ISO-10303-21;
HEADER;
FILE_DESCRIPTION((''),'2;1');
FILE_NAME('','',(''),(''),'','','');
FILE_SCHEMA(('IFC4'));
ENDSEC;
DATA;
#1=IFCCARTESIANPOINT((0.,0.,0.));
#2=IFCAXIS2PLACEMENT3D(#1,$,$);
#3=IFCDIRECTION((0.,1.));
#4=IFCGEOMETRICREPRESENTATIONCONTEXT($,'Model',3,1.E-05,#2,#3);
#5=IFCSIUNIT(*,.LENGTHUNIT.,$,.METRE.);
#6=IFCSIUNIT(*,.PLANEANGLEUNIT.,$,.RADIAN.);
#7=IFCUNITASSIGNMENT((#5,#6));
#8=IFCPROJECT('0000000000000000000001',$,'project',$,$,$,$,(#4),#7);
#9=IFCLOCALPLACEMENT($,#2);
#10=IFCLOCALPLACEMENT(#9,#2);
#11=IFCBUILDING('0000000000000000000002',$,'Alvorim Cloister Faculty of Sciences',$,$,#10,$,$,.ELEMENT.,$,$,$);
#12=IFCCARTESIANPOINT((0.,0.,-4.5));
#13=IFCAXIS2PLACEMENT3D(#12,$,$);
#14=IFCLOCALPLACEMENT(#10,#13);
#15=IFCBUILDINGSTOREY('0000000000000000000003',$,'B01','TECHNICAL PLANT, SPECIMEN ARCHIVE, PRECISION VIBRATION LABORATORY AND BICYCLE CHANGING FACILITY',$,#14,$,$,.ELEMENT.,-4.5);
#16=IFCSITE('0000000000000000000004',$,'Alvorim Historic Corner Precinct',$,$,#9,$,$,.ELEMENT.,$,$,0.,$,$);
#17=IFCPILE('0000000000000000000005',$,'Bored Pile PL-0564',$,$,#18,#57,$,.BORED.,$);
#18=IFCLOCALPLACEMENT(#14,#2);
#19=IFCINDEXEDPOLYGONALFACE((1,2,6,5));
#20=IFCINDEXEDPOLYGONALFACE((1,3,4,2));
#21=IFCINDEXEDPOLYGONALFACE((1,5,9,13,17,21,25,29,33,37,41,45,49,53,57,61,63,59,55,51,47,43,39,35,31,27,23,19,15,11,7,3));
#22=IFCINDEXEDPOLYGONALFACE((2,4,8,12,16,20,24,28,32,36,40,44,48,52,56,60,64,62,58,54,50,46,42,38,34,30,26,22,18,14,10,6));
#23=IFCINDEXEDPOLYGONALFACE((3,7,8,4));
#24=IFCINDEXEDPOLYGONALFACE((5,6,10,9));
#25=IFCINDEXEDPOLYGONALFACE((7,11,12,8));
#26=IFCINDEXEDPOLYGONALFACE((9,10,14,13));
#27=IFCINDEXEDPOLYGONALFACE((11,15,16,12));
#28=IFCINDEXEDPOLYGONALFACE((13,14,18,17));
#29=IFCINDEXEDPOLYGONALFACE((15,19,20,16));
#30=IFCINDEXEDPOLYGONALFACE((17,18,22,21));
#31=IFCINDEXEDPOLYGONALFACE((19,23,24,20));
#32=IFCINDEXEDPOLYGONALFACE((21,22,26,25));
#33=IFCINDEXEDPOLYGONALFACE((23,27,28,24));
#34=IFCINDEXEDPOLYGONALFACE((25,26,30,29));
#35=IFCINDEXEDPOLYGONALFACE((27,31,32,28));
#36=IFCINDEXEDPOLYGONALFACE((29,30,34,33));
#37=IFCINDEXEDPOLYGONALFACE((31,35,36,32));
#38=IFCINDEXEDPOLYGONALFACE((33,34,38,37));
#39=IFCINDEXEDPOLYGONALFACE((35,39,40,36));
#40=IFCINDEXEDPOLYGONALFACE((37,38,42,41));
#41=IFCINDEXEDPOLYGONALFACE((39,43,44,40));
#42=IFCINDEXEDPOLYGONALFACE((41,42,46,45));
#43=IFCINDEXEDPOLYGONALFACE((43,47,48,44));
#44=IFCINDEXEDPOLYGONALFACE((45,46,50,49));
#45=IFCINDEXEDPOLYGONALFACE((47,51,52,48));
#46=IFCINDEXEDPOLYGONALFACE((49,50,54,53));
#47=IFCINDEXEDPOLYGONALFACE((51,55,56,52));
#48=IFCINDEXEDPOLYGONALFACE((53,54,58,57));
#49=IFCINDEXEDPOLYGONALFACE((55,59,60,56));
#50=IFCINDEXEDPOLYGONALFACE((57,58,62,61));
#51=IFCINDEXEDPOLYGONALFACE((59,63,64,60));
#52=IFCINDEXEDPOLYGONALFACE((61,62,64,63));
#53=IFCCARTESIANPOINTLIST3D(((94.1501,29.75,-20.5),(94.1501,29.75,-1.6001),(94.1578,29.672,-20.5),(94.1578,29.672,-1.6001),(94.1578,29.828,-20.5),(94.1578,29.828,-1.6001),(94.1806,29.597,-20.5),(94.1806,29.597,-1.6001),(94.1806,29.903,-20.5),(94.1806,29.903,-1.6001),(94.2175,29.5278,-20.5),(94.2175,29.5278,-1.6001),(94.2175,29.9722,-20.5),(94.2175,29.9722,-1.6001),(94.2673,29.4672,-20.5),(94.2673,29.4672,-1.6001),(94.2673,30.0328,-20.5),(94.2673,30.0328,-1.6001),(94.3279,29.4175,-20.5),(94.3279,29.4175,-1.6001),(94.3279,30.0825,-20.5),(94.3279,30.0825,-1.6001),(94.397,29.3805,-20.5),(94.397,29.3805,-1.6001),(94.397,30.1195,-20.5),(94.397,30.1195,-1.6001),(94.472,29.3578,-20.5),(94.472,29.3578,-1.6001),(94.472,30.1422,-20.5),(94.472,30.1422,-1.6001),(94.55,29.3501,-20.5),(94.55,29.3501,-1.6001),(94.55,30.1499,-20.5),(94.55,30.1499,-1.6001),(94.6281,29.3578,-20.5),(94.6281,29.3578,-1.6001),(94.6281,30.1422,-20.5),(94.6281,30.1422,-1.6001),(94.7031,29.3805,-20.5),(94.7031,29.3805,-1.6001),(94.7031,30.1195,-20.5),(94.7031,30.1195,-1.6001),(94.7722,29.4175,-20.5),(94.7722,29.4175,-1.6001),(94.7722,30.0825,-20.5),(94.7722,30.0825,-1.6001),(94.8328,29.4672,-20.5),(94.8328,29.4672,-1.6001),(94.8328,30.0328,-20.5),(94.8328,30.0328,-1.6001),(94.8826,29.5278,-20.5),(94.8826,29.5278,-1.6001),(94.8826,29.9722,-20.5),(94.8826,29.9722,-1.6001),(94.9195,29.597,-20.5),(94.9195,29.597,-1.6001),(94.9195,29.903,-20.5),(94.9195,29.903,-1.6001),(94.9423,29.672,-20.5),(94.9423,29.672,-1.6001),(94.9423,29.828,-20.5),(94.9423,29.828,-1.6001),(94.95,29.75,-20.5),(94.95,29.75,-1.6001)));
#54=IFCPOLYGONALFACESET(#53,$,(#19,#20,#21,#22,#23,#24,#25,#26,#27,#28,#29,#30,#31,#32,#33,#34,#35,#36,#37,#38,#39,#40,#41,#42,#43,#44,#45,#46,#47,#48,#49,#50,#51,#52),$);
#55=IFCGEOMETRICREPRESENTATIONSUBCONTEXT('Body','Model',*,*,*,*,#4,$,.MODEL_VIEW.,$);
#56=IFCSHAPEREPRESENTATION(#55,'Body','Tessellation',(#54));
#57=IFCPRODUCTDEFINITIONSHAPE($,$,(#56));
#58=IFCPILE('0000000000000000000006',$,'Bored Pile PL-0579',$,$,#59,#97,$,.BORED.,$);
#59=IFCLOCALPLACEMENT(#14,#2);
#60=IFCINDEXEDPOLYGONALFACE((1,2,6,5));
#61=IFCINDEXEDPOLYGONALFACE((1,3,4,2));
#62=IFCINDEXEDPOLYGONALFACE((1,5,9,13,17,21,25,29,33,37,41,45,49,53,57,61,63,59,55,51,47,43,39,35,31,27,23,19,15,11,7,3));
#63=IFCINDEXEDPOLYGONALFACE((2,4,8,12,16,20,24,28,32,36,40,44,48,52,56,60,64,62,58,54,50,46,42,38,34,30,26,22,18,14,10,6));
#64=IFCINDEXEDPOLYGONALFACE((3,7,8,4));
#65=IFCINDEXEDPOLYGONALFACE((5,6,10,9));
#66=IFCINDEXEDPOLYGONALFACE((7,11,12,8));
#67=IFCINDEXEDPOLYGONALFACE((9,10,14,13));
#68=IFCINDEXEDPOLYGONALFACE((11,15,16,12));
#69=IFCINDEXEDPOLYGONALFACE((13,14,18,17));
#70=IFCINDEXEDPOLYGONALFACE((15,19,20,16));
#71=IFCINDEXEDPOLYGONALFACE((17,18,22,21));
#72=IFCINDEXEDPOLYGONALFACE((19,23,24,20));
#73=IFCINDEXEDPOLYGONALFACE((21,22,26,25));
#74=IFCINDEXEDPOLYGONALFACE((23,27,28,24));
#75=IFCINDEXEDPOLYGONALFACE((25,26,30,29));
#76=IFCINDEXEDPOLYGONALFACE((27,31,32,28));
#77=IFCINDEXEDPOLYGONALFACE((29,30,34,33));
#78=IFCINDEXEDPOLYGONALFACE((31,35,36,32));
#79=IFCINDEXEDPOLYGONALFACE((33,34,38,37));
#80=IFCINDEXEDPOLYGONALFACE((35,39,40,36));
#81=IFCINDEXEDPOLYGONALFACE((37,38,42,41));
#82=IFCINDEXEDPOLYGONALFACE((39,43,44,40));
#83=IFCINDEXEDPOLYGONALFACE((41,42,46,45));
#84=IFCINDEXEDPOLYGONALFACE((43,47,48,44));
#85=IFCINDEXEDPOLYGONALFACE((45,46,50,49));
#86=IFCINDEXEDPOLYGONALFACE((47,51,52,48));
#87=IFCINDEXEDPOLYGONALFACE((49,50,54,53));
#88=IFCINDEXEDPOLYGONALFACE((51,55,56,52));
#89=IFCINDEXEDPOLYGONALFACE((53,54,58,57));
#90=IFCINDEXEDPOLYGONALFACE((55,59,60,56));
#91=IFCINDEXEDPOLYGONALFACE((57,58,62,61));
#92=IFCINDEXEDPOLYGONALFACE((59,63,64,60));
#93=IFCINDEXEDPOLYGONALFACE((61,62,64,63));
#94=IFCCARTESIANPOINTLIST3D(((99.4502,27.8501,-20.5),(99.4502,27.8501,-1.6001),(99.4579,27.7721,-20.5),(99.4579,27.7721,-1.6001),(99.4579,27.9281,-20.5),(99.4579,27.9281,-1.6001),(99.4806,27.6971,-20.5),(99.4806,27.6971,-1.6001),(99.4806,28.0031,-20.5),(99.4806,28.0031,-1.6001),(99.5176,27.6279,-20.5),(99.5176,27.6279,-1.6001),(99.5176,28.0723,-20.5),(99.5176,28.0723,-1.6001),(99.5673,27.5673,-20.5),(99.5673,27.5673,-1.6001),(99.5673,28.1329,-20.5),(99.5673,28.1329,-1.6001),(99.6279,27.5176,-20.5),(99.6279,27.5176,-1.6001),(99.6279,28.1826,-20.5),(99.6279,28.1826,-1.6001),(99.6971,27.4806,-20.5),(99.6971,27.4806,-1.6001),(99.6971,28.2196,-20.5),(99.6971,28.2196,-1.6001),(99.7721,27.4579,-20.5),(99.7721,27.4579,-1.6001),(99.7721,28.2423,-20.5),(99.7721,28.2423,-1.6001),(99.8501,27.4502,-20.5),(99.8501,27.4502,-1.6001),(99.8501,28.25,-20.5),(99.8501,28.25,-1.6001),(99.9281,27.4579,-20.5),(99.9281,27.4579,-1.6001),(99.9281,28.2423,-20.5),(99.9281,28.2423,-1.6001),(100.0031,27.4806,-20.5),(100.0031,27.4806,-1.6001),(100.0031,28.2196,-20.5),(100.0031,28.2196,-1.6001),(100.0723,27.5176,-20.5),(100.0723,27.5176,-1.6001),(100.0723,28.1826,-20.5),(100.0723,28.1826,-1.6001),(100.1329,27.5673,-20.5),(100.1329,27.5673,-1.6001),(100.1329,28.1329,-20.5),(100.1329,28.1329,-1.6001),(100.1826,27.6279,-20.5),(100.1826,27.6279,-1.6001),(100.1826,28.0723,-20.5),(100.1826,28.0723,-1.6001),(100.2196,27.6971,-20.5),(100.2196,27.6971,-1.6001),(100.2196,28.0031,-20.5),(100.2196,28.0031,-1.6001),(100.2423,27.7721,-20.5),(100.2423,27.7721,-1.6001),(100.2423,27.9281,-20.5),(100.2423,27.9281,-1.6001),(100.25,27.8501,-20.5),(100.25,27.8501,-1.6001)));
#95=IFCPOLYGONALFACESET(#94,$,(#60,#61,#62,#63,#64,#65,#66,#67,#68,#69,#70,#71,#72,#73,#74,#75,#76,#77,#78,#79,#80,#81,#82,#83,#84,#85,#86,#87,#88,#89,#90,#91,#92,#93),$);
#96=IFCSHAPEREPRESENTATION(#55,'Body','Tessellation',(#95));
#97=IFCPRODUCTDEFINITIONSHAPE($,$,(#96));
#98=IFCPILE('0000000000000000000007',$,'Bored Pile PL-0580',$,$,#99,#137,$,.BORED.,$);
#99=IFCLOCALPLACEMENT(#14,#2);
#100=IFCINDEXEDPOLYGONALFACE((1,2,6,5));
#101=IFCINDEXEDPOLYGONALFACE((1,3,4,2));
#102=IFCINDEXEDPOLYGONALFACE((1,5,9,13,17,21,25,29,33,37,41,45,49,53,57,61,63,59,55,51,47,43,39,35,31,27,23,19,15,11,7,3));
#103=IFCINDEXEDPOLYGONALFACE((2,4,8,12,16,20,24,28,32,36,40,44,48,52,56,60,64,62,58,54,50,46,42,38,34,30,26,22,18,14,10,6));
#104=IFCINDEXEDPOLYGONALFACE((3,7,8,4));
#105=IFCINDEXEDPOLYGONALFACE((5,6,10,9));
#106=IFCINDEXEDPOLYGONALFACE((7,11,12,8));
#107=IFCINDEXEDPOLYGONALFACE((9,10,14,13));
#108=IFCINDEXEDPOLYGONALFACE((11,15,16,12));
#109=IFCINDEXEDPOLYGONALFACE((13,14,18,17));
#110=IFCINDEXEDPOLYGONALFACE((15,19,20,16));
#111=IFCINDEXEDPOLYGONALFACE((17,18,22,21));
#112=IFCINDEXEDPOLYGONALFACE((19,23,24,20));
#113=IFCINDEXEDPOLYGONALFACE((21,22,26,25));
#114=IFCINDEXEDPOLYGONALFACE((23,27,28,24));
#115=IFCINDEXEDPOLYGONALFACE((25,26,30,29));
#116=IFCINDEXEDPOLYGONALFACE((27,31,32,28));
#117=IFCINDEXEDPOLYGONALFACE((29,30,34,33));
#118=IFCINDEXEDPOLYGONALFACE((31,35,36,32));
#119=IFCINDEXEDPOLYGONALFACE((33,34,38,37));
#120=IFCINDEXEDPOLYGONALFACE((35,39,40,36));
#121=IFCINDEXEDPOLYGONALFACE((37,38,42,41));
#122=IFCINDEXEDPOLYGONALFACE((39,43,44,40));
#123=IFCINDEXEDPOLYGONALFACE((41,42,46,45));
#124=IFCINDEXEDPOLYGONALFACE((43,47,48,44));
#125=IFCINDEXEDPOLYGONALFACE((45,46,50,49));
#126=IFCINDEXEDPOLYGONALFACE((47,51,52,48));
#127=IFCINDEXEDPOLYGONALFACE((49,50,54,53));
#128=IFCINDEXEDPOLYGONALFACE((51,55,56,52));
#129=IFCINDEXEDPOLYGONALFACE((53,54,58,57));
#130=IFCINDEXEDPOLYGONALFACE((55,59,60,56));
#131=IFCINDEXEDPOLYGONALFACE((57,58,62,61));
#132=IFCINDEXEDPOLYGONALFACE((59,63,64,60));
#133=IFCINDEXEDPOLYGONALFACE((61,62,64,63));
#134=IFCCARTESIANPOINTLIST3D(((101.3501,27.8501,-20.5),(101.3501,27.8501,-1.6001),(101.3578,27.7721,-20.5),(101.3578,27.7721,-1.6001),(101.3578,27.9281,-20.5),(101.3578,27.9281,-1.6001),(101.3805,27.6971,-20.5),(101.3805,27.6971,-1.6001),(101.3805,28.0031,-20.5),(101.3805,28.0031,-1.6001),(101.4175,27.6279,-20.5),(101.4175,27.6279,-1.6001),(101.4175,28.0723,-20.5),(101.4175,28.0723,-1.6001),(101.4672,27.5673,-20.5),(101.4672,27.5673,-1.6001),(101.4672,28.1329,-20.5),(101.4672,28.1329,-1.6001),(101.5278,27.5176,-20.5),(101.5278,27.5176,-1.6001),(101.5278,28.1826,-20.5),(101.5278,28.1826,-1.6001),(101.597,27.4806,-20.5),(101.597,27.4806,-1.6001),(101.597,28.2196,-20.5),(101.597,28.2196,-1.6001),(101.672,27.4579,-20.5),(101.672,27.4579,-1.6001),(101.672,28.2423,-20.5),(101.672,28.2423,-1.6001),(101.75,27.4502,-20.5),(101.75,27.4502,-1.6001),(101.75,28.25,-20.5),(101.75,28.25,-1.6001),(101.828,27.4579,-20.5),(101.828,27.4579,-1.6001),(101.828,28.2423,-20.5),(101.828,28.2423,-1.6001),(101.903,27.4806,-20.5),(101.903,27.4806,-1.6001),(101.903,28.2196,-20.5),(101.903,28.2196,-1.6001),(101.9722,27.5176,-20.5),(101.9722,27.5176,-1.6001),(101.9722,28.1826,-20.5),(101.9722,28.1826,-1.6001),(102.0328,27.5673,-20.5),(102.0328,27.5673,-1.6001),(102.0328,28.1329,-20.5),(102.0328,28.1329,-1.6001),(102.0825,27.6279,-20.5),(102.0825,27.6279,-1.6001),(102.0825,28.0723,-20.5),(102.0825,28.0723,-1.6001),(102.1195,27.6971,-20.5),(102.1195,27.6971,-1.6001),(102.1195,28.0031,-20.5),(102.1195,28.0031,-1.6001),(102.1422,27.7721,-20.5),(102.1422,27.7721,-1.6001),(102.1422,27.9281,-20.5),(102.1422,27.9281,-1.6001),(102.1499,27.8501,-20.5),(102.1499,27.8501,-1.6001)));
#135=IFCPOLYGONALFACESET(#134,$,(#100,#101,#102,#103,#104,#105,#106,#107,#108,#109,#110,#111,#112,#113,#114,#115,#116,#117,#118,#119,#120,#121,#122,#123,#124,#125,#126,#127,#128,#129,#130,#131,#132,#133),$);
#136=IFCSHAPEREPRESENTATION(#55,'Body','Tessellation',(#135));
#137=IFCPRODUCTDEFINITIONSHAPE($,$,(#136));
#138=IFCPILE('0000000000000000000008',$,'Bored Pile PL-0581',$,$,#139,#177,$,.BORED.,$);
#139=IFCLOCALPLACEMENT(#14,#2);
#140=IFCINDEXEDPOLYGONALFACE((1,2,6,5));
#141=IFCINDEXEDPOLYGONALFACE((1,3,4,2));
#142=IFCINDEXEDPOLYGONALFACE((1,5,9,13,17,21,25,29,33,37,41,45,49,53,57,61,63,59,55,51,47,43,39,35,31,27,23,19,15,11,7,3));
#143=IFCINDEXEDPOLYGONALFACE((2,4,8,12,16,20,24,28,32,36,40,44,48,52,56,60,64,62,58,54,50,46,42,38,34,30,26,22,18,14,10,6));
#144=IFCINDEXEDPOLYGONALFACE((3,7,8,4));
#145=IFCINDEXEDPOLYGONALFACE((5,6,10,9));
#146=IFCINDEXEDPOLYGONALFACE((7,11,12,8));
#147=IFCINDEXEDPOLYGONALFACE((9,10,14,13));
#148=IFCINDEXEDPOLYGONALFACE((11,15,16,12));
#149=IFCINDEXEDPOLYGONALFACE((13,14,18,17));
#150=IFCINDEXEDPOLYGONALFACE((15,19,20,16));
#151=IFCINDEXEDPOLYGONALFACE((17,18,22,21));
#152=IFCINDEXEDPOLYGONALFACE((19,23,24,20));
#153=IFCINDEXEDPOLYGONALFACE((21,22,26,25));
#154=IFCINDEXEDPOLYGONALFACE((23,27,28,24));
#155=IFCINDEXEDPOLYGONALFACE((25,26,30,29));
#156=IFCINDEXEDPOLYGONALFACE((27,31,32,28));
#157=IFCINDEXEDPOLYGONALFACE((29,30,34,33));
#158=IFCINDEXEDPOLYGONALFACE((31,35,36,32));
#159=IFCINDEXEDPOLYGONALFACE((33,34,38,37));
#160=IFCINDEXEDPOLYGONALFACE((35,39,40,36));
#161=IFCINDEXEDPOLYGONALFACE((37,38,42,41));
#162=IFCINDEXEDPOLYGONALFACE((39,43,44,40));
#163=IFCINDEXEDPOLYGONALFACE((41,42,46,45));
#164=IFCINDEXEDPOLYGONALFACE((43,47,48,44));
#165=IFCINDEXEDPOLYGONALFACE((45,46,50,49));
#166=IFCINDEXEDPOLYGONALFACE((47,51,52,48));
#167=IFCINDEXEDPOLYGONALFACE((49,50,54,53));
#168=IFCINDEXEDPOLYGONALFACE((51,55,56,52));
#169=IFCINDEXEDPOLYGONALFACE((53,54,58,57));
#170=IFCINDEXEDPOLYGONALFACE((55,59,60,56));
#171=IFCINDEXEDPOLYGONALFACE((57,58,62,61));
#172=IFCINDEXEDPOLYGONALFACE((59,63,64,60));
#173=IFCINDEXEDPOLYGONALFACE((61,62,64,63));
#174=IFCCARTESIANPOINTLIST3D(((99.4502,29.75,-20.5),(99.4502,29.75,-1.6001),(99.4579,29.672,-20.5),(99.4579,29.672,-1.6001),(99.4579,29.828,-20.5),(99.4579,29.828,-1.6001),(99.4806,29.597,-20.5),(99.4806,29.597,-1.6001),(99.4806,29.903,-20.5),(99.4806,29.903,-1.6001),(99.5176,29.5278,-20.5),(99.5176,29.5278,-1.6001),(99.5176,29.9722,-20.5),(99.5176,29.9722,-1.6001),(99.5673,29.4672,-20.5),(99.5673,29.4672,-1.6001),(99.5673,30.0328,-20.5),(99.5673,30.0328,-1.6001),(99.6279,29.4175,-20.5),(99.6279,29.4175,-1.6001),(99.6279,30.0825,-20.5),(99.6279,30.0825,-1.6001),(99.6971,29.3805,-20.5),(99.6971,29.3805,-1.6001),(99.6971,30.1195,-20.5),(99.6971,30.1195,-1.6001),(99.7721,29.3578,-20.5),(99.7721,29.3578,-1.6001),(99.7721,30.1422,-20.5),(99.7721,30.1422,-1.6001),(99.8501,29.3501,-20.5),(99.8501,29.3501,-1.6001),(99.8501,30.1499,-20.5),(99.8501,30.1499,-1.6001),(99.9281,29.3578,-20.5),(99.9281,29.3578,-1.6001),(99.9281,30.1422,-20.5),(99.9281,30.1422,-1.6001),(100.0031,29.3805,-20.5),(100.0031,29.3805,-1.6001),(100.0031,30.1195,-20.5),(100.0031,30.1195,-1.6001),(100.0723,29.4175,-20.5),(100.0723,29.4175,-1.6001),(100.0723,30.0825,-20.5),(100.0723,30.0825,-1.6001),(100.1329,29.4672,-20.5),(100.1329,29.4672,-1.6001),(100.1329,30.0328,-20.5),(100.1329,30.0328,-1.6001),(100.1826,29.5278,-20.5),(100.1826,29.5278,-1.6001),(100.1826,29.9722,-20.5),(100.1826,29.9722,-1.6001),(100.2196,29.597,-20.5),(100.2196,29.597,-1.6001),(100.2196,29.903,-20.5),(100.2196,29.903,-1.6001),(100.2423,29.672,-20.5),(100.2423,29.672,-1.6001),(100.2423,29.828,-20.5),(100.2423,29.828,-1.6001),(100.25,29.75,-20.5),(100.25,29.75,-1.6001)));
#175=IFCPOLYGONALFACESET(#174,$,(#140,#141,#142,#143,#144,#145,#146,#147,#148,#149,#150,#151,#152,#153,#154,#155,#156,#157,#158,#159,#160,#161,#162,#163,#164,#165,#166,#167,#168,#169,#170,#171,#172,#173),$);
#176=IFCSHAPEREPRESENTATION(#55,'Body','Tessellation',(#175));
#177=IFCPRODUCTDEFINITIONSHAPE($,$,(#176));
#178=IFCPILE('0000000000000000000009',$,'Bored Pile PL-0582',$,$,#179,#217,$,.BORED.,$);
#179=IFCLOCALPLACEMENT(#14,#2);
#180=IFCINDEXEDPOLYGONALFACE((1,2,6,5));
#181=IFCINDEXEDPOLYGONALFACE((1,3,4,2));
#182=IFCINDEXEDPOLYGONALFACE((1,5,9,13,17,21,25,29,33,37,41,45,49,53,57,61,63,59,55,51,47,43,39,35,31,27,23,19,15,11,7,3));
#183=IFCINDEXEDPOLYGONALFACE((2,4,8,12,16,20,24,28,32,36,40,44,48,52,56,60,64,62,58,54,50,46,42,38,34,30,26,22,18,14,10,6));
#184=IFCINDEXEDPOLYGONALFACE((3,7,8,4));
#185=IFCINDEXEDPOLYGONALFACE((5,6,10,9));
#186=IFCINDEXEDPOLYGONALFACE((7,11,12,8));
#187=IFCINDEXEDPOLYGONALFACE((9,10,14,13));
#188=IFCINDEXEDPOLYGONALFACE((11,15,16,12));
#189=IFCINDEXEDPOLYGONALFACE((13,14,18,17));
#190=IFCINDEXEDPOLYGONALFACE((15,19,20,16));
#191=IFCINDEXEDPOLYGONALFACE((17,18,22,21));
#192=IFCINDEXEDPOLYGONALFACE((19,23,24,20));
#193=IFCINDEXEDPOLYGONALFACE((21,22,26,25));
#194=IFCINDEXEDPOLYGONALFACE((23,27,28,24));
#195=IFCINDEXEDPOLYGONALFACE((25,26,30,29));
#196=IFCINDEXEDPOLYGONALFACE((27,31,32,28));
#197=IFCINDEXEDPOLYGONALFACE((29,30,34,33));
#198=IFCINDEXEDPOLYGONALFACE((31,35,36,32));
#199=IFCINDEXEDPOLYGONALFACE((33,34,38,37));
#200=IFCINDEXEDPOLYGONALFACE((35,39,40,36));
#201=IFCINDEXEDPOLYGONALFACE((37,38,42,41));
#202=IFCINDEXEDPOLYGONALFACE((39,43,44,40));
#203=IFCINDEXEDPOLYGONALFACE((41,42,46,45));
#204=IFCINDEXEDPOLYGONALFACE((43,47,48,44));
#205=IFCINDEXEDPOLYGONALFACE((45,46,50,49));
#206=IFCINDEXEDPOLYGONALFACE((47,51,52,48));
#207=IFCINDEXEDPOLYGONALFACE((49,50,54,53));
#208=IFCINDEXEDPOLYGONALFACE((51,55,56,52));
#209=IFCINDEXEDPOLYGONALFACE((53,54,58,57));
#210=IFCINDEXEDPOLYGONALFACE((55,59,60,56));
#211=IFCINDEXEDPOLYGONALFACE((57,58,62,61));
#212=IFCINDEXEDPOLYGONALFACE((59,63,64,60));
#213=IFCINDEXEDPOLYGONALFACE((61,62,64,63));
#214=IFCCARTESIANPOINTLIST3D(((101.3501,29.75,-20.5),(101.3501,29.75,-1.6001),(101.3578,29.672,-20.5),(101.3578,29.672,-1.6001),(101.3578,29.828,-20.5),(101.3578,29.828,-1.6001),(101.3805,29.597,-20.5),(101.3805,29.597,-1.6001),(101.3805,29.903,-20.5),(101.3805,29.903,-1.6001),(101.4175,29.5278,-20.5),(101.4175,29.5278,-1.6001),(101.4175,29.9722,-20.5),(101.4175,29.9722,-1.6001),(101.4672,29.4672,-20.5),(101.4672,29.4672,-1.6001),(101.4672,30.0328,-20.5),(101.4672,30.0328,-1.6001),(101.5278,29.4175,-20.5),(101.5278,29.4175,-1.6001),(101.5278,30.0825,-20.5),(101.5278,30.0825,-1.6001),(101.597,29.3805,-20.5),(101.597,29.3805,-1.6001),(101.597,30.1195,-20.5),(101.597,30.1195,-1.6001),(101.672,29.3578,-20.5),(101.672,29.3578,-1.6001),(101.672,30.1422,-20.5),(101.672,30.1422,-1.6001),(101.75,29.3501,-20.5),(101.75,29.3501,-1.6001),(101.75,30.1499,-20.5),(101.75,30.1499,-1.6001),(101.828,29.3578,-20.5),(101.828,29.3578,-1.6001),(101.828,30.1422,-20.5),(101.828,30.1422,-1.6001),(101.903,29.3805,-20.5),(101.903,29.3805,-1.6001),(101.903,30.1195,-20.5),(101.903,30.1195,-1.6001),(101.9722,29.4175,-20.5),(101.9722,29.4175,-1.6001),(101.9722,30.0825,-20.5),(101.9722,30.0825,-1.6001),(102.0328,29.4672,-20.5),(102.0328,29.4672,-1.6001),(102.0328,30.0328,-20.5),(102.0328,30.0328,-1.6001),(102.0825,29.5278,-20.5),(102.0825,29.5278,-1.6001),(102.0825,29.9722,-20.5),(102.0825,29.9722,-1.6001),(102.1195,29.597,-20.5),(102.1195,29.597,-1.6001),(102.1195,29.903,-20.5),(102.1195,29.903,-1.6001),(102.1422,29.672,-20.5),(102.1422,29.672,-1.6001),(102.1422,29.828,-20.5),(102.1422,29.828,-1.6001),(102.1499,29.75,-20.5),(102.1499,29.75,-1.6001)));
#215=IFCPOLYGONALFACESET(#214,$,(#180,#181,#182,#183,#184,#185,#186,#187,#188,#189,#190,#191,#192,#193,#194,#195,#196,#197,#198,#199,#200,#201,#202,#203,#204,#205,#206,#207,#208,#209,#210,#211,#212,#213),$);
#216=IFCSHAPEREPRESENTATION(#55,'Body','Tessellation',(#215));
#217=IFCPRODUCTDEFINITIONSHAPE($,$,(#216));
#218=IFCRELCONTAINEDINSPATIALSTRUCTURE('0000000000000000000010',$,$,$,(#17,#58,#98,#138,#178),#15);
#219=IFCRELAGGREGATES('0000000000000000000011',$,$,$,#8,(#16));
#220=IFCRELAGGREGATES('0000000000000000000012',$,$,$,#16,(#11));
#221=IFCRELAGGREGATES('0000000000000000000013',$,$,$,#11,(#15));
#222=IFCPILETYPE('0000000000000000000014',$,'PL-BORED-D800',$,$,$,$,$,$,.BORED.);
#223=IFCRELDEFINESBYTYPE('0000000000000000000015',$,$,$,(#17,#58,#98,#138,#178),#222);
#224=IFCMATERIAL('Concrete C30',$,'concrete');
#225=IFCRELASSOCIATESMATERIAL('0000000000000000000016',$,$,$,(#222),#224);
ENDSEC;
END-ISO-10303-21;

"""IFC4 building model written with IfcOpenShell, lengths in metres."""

from ifc_helpers import new_model, si_unit, direction, frame, origin, origin_2d, place, context, subcontext, project, spatial, circle, extrude, material, material_profile, profile_set, type_object, element, save


model = new_model("IFC4")

# Units and contexts
model_context = context("Model", 3, precision=1e-05, world=origin(), true_north=direction((0.0, 1.0)))
body_context = subcontext(model_context, "Body", "Model", "MODEL_VIEW")
ifc_project = project(units=[si_unit("LENGTHUNIT", "METRE"), si_unit("PLANEANGLEUNIT", "RADIAN")], contexts=[model_context])

# Site, building, storey
site_placement = place(None, origin())
site = spatial("IfcSite", under=ifc_project, at=site_placement, Name="Alvorim Historic Corner Precinct", CompositionType="ELEMENT", RefElevation=0.0)
building_placement = place(site_placement, origin())
building = spatial("IfcBuilding", under=site, at=building_placement, Name="Alvorim Cloister Faculty of Sciences", CompositionType="ELEMENT")
storey_placement = place(building_placement, frame((0.0, 0.0, -4.5)))
storey = spatial("IfcBuildingStorey", under=building, at=storey_placement, Name="B01", Description="TECHNICAL PLANT, SPECIMEN ARCHIVE, PRECISION VIBRATION LABORATORY AND BICYCLE CHANGING FACILITY", CompositionType="ELEMENT", Elevation=-4.5)

# Piles
ifc_material_1 = material(Name="Concrete C30", Category="concrete")
ifc_material_profile_1 = material_profile(ifc_material_1, circle(Radius=0.3999, at=origin_2d()), Name="PILE-D800")
ifc_profile_set_1 = profile_set([ifc_material_profile_1], Name="Concrete C30")
pile_type = type_object("IfcPileType", Name="PL-BORED-D800", PredefinedType="BORED", material=ifc_profile_set_1)
for number, where, z_axis, x_axis, name in (
    (1, (94.55, 29.75, -1.6001), (0.0, 0.0, -1.0), (1.0, 0.0, 0.0), "Bored Pile PL-0564"),
    (2, (99.8501, 27.8501, -1.6001), (0.0, 0.0, -1.0), (1.0, 0.0, 0.0), "Bored Pile PL-0579"),
    (3, (101.75, 27.8501, -1.6001), (0.0, 0.0, -1.0), (1.0, 0.0, 0.0), "Bored Pile PL-0580"),
    (4, (99.8501, 29.75, -1.6001), (0.0, 0.0, -1.0), (1.0, 0.0, 0.0), "Bored Pile PL-0581"),
    (5, (101.75, 29.75, -1.6001), (0.0, 0.0, -1.0), (1.0, 0.0, 0.0), "Bored Pile PL-0582"),
):
    element("IfcPile", number, at=place(storey_placement, frame(where, z_axis=z_axis, x_axis=x_axis)), inside=storey, type_object=pile_type, Name=name, PredefinedType="BORED", context=body_context, shape_type="SweptSolid", body=[
        extrude(circle(Radius=0.3999, at=origin_2d()), origin(), (0.0, 0.0, 1.0), 18.8999),
    ])

save(model, "model.ifc")
